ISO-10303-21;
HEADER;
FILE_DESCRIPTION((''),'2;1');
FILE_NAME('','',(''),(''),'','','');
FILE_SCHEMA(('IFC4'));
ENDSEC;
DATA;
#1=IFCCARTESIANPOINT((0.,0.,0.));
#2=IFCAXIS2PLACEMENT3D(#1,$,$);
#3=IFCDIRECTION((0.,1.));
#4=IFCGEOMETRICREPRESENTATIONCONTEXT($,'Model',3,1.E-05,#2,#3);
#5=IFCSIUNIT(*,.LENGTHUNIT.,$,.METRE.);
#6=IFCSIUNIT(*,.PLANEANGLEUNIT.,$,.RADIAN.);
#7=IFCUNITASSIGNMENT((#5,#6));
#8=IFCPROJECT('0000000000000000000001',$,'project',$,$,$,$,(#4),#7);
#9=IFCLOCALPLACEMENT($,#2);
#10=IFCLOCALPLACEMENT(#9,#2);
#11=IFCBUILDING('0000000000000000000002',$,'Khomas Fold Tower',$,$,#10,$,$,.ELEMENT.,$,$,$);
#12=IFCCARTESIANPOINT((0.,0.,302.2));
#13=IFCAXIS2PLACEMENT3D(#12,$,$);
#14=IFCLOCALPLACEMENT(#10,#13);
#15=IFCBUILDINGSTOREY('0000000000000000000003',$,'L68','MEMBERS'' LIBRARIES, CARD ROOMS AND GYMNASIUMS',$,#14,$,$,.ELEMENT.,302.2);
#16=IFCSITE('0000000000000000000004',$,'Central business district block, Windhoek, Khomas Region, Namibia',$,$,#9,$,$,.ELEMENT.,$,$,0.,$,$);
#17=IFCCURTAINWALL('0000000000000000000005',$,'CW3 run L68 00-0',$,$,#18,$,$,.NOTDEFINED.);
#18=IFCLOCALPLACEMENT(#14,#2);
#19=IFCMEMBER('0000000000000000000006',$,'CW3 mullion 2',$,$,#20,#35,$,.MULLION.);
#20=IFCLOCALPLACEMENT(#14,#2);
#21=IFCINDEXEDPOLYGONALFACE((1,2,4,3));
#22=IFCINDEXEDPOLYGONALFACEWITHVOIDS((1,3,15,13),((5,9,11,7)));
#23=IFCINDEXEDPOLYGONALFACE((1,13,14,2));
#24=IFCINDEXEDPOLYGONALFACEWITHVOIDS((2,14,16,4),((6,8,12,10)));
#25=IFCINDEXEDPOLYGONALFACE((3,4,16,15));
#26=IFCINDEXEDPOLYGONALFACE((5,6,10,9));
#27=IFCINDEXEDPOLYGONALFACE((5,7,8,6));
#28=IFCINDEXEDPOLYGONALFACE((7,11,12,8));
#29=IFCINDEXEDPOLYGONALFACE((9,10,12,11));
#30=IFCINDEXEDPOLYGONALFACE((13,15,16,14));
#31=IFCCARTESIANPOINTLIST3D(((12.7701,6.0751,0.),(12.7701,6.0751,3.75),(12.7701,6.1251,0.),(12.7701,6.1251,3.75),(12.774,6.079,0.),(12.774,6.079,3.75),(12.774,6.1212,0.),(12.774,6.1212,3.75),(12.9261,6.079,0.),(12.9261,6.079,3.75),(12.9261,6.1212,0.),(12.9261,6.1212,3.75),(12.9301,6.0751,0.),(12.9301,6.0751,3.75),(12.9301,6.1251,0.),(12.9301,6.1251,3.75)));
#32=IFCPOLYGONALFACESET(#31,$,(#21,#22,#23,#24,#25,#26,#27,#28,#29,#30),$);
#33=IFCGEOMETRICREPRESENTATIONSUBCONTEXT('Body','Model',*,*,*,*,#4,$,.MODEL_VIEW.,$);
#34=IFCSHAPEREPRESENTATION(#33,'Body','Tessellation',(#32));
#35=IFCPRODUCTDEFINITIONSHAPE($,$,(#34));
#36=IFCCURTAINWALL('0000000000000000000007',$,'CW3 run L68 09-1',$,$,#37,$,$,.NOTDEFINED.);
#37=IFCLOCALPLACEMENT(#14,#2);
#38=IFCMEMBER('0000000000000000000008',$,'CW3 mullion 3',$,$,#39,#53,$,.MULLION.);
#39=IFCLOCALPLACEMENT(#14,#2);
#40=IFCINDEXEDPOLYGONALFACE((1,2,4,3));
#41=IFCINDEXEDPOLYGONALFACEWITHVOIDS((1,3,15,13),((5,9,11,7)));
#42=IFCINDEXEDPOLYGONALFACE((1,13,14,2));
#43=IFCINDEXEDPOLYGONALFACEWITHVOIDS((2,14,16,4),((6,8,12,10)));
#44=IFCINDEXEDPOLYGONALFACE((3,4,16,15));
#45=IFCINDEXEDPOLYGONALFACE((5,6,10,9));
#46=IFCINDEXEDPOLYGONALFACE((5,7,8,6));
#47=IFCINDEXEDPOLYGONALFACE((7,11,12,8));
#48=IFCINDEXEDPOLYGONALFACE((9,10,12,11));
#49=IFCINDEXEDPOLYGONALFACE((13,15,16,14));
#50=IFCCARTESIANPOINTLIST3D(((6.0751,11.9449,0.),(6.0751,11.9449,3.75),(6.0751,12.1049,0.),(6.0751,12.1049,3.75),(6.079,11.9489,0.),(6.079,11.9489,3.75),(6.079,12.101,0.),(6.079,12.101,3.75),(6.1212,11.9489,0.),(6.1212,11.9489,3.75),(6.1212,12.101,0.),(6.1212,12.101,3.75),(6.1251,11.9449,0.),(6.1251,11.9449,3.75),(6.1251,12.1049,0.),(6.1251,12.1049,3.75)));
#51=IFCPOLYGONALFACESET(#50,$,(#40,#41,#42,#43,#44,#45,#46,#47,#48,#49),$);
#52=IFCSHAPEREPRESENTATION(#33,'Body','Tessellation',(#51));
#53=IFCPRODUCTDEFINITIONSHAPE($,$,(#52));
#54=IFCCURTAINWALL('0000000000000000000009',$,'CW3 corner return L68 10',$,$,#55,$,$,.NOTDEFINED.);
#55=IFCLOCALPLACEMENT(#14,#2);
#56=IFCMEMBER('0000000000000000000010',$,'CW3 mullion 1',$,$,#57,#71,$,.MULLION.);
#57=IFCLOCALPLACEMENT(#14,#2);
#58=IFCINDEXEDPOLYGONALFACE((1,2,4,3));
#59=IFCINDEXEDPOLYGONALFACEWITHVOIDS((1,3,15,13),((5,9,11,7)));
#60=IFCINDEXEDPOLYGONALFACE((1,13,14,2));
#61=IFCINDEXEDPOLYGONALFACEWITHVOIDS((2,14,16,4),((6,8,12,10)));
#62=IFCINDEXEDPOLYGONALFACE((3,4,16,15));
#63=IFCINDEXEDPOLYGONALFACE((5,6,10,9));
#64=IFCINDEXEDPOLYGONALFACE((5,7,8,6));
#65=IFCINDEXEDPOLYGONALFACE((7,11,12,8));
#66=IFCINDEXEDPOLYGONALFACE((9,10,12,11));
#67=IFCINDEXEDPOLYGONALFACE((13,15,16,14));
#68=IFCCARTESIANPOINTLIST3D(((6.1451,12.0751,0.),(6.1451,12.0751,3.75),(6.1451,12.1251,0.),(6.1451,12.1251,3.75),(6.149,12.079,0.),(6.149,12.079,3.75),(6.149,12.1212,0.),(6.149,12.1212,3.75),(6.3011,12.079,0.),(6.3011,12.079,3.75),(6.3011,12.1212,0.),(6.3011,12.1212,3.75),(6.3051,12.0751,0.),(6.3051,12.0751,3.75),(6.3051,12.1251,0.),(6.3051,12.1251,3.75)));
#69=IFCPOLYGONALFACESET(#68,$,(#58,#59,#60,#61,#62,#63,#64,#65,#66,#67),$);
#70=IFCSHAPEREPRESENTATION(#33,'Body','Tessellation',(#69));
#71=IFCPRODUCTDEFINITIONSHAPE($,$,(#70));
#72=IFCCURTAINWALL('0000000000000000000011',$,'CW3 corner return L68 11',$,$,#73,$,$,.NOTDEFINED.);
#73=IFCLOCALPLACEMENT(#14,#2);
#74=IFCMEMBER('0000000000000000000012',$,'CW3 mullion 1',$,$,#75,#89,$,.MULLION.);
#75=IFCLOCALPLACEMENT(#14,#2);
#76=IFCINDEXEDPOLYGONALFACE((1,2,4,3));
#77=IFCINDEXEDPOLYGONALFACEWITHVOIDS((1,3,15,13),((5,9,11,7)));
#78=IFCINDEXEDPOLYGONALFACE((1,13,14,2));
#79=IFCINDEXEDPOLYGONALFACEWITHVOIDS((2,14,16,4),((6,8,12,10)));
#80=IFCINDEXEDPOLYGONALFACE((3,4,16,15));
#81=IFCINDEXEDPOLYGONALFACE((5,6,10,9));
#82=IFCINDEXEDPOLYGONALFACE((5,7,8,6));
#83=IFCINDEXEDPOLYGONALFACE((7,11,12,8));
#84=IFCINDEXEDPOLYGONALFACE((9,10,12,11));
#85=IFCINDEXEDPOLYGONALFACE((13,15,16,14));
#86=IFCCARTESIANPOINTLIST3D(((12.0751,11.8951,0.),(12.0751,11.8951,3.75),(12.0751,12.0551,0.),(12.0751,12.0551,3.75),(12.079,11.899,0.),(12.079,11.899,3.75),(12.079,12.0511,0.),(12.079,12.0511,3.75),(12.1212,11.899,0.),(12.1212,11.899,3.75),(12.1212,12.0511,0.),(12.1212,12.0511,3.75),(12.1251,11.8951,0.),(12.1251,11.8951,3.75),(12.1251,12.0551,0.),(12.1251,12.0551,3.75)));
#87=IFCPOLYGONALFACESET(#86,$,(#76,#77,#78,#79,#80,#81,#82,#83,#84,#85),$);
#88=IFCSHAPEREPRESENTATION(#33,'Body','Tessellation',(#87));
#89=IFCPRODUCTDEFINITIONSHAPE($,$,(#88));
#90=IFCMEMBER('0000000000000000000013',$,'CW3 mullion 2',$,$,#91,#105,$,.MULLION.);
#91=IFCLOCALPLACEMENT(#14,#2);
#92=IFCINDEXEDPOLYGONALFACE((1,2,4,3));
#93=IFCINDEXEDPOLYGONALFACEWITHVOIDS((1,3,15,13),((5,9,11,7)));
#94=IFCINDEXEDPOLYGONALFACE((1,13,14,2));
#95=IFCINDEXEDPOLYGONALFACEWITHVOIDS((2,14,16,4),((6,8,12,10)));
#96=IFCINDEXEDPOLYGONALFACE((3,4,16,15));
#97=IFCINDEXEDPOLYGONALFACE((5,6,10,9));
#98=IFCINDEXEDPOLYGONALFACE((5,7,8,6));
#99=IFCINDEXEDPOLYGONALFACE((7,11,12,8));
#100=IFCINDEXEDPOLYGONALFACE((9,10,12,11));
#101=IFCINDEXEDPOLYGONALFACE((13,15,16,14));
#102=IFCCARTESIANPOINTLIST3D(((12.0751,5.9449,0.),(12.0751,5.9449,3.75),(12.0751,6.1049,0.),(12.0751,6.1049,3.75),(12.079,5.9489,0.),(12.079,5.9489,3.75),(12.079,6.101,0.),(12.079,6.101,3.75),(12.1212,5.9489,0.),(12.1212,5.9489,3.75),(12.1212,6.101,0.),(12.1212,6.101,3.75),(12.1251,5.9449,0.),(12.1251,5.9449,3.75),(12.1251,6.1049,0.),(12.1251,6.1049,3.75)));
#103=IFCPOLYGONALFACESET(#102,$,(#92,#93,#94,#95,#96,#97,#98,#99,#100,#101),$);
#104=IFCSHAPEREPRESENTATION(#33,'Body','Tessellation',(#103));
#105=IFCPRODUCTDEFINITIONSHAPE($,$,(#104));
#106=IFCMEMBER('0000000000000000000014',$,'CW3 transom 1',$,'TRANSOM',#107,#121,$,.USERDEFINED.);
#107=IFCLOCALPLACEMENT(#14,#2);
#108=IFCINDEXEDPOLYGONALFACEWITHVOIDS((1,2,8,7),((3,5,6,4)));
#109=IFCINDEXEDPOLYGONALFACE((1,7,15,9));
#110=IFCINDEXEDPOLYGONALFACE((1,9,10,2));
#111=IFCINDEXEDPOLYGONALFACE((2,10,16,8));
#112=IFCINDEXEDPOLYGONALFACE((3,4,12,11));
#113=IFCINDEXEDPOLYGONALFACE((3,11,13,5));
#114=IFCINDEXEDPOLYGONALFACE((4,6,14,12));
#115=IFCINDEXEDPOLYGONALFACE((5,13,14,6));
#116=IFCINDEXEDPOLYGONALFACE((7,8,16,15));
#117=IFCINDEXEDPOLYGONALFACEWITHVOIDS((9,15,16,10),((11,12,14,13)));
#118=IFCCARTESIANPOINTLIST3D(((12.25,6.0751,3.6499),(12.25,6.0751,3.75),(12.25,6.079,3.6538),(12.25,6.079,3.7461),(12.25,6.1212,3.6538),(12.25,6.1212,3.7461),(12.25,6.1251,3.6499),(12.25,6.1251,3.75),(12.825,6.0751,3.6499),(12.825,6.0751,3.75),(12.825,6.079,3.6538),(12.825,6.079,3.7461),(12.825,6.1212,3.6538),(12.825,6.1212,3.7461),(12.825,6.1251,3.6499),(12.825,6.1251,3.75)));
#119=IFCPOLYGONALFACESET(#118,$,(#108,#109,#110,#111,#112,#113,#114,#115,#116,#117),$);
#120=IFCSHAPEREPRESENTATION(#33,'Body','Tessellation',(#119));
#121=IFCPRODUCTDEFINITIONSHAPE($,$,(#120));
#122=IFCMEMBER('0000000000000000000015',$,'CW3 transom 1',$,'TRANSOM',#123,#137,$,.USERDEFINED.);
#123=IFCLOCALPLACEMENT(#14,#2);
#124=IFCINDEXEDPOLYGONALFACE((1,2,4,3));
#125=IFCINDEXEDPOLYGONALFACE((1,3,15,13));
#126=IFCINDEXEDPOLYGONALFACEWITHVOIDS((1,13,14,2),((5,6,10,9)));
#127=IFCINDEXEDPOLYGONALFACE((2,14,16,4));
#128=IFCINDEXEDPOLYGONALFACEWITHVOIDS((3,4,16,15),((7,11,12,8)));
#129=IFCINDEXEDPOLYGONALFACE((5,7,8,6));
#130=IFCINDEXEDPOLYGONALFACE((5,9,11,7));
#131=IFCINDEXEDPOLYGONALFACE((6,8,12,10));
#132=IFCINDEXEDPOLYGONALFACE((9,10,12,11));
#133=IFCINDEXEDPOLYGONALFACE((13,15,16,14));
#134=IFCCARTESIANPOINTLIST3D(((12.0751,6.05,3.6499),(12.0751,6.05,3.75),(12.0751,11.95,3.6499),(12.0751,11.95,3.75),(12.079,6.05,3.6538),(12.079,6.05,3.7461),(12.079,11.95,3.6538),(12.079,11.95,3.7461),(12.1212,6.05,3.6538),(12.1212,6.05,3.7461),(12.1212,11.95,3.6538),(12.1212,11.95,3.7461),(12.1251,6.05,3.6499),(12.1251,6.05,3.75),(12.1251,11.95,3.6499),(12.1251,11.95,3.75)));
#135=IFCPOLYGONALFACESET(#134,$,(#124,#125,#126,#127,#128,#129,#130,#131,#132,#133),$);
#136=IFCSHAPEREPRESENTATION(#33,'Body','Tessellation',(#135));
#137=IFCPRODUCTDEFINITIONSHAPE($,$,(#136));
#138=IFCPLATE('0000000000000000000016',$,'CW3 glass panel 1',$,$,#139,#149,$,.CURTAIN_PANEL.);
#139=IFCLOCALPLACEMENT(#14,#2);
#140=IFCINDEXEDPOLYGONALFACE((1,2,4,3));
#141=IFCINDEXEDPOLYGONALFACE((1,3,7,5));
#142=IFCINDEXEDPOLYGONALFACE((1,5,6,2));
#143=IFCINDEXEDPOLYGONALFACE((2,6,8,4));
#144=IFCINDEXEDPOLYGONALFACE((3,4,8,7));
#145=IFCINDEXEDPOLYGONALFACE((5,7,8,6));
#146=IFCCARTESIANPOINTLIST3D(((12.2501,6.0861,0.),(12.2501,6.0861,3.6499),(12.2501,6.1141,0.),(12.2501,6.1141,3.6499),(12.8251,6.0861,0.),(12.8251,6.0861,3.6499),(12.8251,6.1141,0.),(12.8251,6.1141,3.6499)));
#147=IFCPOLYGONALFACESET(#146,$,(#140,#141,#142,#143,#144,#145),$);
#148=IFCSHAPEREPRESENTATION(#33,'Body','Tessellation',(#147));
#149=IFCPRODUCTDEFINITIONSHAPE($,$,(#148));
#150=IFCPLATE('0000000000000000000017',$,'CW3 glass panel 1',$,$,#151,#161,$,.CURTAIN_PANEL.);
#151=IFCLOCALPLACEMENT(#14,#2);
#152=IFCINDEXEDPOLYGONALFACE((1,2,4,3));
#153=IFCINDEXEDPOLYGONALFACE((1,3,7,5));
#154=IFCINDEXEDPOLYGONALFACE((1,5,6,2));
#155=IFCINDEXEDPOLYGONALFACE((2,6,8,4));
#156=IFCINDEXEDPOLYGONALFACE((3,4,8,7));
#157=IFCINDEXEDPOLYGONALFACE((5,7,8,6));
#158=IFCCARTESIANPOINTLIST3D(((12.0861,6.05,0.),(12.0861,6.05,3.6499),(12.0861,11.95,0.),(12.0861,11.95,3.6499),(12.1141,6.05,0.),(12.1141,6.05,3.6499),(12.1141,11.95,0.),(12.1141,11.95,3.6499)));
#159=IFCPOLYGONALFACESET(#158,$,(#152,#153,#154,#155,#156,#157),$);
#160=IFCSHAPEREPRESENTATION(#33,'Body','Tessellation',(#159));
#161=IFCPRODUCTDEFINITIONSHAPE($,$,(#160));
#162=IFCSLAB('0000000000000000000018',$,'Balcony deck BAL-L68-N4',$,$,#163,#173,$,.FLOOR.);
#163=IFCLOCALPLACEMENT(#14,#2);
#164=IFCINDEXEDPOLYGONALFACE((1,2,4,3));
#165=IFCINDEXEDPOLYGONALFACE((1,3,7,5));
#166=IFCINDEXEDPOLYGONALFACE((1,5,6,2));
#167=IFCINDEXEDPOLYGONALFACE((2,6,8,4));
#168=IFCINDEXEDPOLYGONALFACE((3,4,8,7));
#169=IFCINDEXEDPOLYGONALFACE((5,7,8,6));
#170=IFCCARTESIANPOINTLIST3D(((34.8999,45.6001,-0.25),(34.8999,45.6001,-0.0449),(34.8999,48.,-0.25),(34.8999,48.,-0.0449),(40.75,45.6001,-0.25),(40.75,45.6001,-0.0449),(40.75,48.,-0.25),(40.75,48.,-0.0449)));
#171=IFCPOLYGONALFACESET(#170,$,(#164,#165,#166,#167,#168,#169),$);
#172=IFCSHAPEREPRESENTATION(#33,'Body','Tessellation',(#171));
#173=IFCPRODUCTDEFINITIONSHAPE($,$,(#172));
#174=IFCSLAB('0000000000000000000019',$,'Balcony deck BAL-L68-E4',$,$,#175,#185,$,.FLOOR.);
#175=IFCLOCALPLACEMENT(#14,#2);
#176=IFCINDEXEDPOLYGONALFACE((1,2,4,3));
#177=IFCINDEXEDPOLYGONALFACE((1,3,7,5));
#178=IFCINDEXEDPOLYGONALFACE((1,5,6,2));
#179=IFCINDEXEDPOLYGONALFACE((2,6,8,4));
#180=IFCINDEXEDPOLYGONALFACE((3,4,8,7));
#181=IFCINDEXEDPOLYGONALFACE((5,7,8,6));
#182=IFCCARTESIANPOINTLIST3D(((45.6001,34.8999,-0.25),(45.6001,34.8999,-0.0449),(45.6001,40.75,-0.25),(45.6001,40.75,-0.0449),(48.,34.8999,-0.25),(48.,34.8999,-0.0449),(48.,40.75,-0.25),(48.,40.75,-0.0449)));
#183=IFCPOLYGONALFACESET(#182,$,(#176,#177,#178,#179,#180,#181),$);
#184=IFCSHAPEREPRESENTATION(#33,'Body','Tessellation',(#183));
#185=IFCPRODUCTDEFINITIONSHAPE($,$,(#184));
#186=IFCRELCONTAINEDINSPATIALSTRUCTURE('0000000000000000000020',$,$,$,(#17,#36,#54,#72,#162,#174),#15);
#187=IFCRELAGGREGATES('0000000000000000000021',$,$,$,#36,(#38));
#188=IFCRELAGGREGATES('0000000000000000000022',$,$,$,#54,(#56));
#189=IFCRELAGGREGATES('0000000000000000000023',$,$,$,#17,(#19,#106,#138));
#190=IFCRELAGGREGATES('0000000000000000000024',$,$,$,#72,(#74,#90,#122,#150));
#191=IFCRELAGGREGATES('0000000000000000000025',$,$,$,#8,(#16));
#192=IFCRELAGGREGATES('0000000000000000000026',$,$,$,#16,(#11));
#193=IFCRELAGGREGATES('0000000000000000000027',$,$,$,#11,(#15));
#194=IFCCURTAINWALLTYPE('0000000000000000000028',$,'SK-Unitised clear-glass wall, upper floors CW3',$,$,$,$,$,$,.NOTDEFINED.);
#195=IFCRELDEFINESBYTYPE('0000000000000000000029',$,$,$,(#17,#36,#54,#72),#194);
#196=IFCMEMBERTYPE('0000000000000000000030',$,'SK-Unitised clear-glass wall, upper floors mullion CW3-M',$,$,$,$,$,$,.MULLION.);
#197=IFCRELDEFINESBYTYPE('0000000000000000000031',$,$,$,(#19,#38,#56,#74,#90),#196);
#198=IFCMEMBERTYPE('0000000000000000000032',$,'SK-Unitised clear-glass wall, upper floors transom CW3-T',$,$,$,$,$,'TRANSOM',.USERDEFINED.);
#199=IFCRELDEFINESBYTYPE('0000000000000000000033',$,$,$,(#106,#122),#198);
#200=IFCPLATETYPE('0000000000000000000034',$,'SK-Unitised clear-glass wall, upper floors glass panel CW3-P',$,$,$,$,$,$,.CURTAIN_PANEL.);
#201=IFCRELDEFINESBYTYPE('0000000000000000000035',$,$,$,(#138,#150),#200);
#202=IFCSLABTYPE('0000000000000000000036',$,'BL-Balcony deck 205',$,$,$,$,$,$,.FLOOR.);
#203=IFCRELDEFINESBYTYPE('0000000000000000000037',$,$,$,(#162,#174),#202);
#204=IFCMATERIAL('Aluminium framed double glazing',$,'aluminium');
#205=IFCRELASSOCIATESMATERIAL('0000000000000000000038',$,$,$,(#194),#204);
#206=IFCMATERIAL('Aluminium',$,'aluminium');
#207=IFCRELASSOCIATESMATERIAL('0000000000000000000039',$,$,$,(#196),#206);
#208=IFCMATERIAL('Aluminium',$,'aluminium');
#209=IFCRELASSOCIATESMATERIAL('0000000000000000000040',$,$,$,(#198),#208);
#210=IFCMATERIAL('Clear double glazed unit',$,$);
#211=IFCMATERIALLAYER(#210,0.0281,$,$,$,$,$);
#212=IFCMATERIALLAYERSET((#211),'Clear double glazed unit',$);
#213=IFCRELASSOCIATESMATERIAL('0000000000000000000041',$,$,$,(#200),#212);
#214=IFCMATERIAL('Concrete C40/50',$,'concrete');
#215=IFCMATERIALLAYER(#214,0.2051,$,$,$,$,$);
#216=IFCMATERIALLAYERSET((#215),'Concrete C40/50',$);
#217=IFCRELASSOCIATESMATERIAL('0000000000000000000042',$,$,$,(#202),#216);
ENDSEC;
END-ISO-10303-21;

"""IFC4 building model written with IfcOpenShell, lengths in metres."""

from ifc_helpers import new_model, si_unit, direction, frame, origin, origin_2d, place, context, subcontext, project, spatial, polyline, rectangle, hollow_rectangle, outline, extrude, source, transform, mapped, material, layer, layer_set, material_profile, profile_set, type_object, element, aggregate, save


model = new_model("IFC4")

# Units and contexts
model_context = context("Model", 3, precision=1e-05, world=origin(), true_north=direction((0.0, 1.0)))
body_context = subcontext(model_context, "Body", "Model", "MODEL_VIEW")
ifc_project = project(units=[si_unit("LENGTHUNIT", "METRE"), si_unit("PLANEANGLEUNIT", "RADIAN")], contexts=[model_context])

# Site, building, storey
site_placement = place(None, origin())
site = spatial("IfcSite", under=ifc_project, at=site_placement, Name="Central business district block, Windhoek, Khomas Region, Namibia", CompositionType="ELEMENT", RefElevation=0.0)
building_placement = place(site_placement, origin())
building = spatial("IfcBuilding", under=site, at=building_placement, Name="Khomas Fold Tower", CompositionType="ELEMENT")
storey_placement = place(building_placement, frame((0.0, 0.0, 302.2)))
storey = spatial("IfcBuildingStorey", under=building, at=storey_placement, Name="L68", Description="MEMBERS' LIBRARIES, CARD ROOMS AND GYMNASIUMS", CompositionType="ELEMENT", Elevation=302.2)

# Curtain walls, members
ifc_material_1 = material(Name="Aluminium framed double glazing", Category="aluminium")
curtain_wall_type = type_object("IfcCurtainWallType", Name="SK-Unitised clear-glass wall, upper floors CW3", PredefinedType="NOTDEFINED", material=ifc_material_1)
curtain_wall_1_placement = place(storey_placement, origin())
curtain_wall_1 = element("IfcCurtainWall", 1, at=curtain_wall_1_placement, inside=storey, type_object=curtain_wall_type, Name="CW3 run L68 00-0", PredefinedType="NOTDEFINED")
ifc_material_2 = material(Name="Aluminium", Category="aluminium")
ifc_material_profile_1 = material_profile(ifc_material_2, hollow_rectangle(XDim=0.05, YDim=0.1599, WallThickness=0.0039, at=origin_2d()), Name="SK-Unitised clear-glass wall, upper floors mullion CW3-M")
ifc_profile_set_1 = profile_set([ifc_material_profile_1], Name="Aluminium")
member_type_1 = type_object("IfcMemberType", Name="SK-Unitised clear-glass wall, upper floors mullion CW3-M", PredefinedType="MULLION", material=ifc_profile_set_1)
shared_shape_1 = source(origin(), body_context, "Body", "SweptSolid", [
    extrude(hollow_rectangle(XDim=0.05, YDim=0.1599, WallThickness=0.0039, at=origin_2d()), origin(), (0.0, 0.0, 1.0), 3.75),
])
member_1_placement = place(storey_placement, frame((12.8501, 6.1001, 0.0), z_axis=(0.0, 0.0, 1.0), x_axis=(0.0, 1.0, 0.0)))
member_1 = element("IfcMember", 2, at=member_1_placement, type_object=member_type_1, Name="CW3 mullion 2", PredefinedType="MULLION", context=body_context, shape_type="MappedRepresentation", body=[
    mapped(shared_shape_1, transform((0.0, 0.0, 0.0))),
])
curtain_wall_2_placement = place(storey_placement, origin())
curtain_wall_2 = element("IfcCurtainWall", 3, at=curtain_wall_2_placement, inside=storey, type_object=curtain_wall_type, Name="CW3 run L68 09-1", PredefinedType="NOTDEFINED")
member_2_placement = place(storey_placement, frame((6.1001, 12.0249, 0.0), z_axis=(0.0, 0.0, 1.0), x_axis=(1.0, 0.0, 0.0)))
member_2 = element("IfcMember", 4, at=member_2_placement, type_object=member_type_1, Name="CW3 mullion 3", PredefinedType="MULLION", context=body_context, shape_type="MappedRepresentation", body=[
    mapped(shared_shape_1, transform((0.0, 0.0, 0.0))),
])
aggregate(curtain_wall_2, [member_2])
curtain_wall_3_placement = place(storey_placement, origin())
curtain_wall_3 = element("IfcCurtainWall", 5, at=curtain_wall_3_placement, inside=storey, type_object=curtain_wall_type, Name="CW3 corner return L68 10", PredefinedType="NOTDEFINED")
member_3_placement = place(storey_placement, frame((6.2251, 12.1001, 0.0), z_axis=(0.0, 0.0, 1.0), x_axis=(0.0, 1.0, 0.0)))
member_3 = element("IfcMember", 6, at=member_3_placement, type_object=member_type_1, Name="CW3 mullion 1", PredefinedType="MULLION", context=body_context, shape_type="MappedRepresentation", body=[
    mapped(shared_shape_1, transform((0.0, 0.0, 0.0))),
])
aggregate(curtain_wall_3, [member_3])

# Curtain wall, members
curtain_wall_4_placement = place(storey_placement, origin())
curtain_wall_4 = element("IfcCurtainWall", 7, at=curtain_wall_4_placement, inside=storey, type_object=curtain_wall_type, Name="CW3 corner return L68 11", PredefinedType="NOTDEFINED")
member_4_placement = place(storey_placement, frame((12.1001, 11.9751, 0.0), z_axis=(0.0, 0.0, 1.0), x_axis=(1.0, 0.0, 0.0)))
member_4 = element("IfcMember", 8, at=member_4_placement, type_object=member_type_1, Name="CW3 mullion 1", PredefinedType="MULLION", context=body_context, shape_type="MappedRepresentation", body=[
    mapped(shared_shape_1, transform((0.0, 0.0, 0.0))),
])
member_5_placement = place(storey_placement, frame((12.1001, 6.0249, 0.0), z_axis=(0.0, 0.0, 1.0), x_axis=(1.0, 0.0, 0.0)))
member_5 = element("IfcMember", 9, at=member_5_placement, type_object=member_type_1, Name="CW3 mullion 2", PredefinedType="MULLION", context=body_context, shape_type="MappedRepresentation", body=[
    mapped(shared_shape_1, transform((0.0, 0.0, 0.0))),
])

# Members
ifc_material_3 = material(Name="Aluminium", Category="aluminium")
ifc_material_profile_2 = material_profile(ifc_material_3, hollow_rectangle(XDim=0.05, YDim=0.1001, WallThickness=0.0039, at=origin_2d()), Name="SK-Unitised clear-glass wall, upper floors transom CW3-T")
ifc_profile_set_2 = profile_set([ifc_material_profile_2], Name="Aluminium")
member_type_2 = type_object("IfcMemberType", Name="SK-Unitised clear-glass wall, upper floors transom CW3-T", ElementType="TRANSOM", PredefinedType="USERDEFINED", material=ifc_profile_set_2)
shared_shape_2 = source(origin(), body_context, "Body", "SweptSolid", [
    extrude(hollow_rectangle(XDim=0.05, YDim=0.1001, WallThickness=0.0039, at=origin_2d()), origin(), (0.0, 0.0, 1.0), 0.575),
])
member_6_placement = place(storey_placement, frame((12.25, 6.1001, 3.7), z_axis=(1.0, 0.0, 0.0), x_axis=(0.0, 1.0, 0.0)))
member_6 = element("IfcMember", 10, at=member_6_placement, type_object=member_type_2, Name="CW3 transom 1", ObjectType="TRANSOM", PredefinedType="USERDEFINED", context=body_context, shape_type="MappedRepresentation", body=[
    mapped(shared_shape_2, transform((0.0, 0.0, 0.0))),
])
shared_shape_3 = source(origin(), body_context, "Body", "SweptSolid", [
    extrude(hollow_rectangle(XDim=0.05, YDim=0.1001, WallThickness=0.0039, at=origin_2d()), origin(), (0.0, 0.0, 1.0), 5.8999),
])
member_7_placement = place(storey_placement, frame((12.1001, 11.95, 3.7), z_axis=(0.0, -1.0, 0.0), x_axis=(1.0, 0.0, 0.0)))
member_7 = element("IfcMember", 11, at=member_7_placement, type_object=member_type_2, Name="CW3 transom 1", ObjectType="TRANSOM", PredefinedType="USERDEFINED", context=body_context, shape_type="MappedRepresentation", body=[
    mapped(shared_shape_3, transform((0.0, 0.0, 0.0))),
])

# Plates
ifc_material_4 = material(Name="Clear double glazed unit")
ifc_layer_1 = layer(ifc_material_4, 0.0281)
ifc_layer_set_1 = layer_set([ifc_layer_1], Name="Clear double glazed unit")
plate_type = type_object("IfcPlateType", Name="SK-Unitised clear-glass wall, upper floors glass panel CW3-P", PredefinedType="CURTAIN_PANEL", material=ifc_layer_set_1)
shared_shape_4 = source(origin(), body_context, "Body", "SweptSolid", [
    extrude(rectangle(XDim=0.575, YDim=0.0281, at=origin_2d()), origin(), (0.0, 0.0, 1.0), 3.6499),
])
plate_1_placement = place(storey_placement, frame((12.5376, 6.1001, 0.0), z_axis=(0.0, 0.0, 1.0), x_axis=(1.0, 0.0, 0.0)))
plate_1 = element("IfcPlate", 12, at=plate_1_placement, type_object=plate_type, Name="CW3 glass panel 1", PredefinedType="CURTAIN_PANEL", context=body_context, shape_type="MappedRepresentation", body=[
    mapped(shared_shape_4, transform((0.0, 0.0, 0.0))),
])
aggregate(curtain_wall_1, [member_1, member_6, plate_1])
shared_shape_5 = source(origin(), body_context, "Body", "SweptSolid", [
    extrude(rectangle(XDim=5.8999, YDim=0.0281, at=origin_2d()), origin(), (0.0, 0.0, 1.0), 3.6499),
])
plate_2_placement = place(storey_placement, frame((12.1001, 9.0, 0.0), z_axis=(0.0, 0.0, 1.0), x_axis=(0.0, -1.0, 0.0)))
plate_2 = element("IfcPlate", 13, at=plate_2_placement, type_object=plate_type, Name="CW3 glass panel 1", PredefinedType="CURTAIN_PANEL", context=body_context, shape_type="MappedRepresentation", body=[
    mapped(shared_shape_5, transform((0.0, 0.0, 0.0))),
])
aggregate(curtain_wall_4, [member_4, member_5, member_7, plate_2])

# Slabs
ifc_material_5 = material(Name="Concrete C40/50", Category="concrete")
ifc_layer_2 = layer(ifc_material_5, 0.2051)
ifc_layer_set_2 = layer_set([ifc_layer_2], Name="Concrete C40/50")
slab_type_1 = type_object("IfcSlabType", Name="BL-Balcony deck 205", PredefinedType="FLOOR", material=ifc_layer_set_2)
shared_shape_6 = source(origin(), body_context, "Body", "SweptSolid", [
    extrude(outline(polyline([(34.8999, 45.6001), (40.75, 45.6001), (40.75, 48.0), (34.8999, 48.0), (34.8999, 45.6001)])), origin(), (0.0, 0.0, 1.0), 0.2051),
])
slab_1_placement = place(storey_placement, frame((0.0, 0.0, -0.25)))
element("IfcSlab", 14, at=slab_1_placement, inside=storey, type_object=slab_type_1, Name="Balcony deck BAL-L68-N4", PredefinedType="FLOOR", context=body_context, shape_type="MappedRepresentation", body=[
    mapped(shared_shape_6, transform((0.0, 0.0, 0.0))),
])
shared_shape_7 = source(origin(), body_context, "Body", "SweptSolid", [
    extrude(outline(polyline([(45.6001, 34.8999), (48.0, 34.8999), (48.0, 40.75), (45.6001, 40.75), (45.6001, 34.8999)])), origin(), (0.0, 0.0, 1.0), 0.2051),
])
slab_2_placement = place(storey_placement, frame((0.0, 0.0, -0.25)))
element("IfcSlab", 15, at=slab_2_placement, inside=storey, type_object=slab_type_1, Name="Balcony deck BAL-L68-E4", PredefinedType="FLOOR", context=body_context, shape_type="MappedRepresentation", body=[
    mapped(shared_shape_7, transform((0.0, 0.0, 0.0))),
])

save(model, "model.ifc")
